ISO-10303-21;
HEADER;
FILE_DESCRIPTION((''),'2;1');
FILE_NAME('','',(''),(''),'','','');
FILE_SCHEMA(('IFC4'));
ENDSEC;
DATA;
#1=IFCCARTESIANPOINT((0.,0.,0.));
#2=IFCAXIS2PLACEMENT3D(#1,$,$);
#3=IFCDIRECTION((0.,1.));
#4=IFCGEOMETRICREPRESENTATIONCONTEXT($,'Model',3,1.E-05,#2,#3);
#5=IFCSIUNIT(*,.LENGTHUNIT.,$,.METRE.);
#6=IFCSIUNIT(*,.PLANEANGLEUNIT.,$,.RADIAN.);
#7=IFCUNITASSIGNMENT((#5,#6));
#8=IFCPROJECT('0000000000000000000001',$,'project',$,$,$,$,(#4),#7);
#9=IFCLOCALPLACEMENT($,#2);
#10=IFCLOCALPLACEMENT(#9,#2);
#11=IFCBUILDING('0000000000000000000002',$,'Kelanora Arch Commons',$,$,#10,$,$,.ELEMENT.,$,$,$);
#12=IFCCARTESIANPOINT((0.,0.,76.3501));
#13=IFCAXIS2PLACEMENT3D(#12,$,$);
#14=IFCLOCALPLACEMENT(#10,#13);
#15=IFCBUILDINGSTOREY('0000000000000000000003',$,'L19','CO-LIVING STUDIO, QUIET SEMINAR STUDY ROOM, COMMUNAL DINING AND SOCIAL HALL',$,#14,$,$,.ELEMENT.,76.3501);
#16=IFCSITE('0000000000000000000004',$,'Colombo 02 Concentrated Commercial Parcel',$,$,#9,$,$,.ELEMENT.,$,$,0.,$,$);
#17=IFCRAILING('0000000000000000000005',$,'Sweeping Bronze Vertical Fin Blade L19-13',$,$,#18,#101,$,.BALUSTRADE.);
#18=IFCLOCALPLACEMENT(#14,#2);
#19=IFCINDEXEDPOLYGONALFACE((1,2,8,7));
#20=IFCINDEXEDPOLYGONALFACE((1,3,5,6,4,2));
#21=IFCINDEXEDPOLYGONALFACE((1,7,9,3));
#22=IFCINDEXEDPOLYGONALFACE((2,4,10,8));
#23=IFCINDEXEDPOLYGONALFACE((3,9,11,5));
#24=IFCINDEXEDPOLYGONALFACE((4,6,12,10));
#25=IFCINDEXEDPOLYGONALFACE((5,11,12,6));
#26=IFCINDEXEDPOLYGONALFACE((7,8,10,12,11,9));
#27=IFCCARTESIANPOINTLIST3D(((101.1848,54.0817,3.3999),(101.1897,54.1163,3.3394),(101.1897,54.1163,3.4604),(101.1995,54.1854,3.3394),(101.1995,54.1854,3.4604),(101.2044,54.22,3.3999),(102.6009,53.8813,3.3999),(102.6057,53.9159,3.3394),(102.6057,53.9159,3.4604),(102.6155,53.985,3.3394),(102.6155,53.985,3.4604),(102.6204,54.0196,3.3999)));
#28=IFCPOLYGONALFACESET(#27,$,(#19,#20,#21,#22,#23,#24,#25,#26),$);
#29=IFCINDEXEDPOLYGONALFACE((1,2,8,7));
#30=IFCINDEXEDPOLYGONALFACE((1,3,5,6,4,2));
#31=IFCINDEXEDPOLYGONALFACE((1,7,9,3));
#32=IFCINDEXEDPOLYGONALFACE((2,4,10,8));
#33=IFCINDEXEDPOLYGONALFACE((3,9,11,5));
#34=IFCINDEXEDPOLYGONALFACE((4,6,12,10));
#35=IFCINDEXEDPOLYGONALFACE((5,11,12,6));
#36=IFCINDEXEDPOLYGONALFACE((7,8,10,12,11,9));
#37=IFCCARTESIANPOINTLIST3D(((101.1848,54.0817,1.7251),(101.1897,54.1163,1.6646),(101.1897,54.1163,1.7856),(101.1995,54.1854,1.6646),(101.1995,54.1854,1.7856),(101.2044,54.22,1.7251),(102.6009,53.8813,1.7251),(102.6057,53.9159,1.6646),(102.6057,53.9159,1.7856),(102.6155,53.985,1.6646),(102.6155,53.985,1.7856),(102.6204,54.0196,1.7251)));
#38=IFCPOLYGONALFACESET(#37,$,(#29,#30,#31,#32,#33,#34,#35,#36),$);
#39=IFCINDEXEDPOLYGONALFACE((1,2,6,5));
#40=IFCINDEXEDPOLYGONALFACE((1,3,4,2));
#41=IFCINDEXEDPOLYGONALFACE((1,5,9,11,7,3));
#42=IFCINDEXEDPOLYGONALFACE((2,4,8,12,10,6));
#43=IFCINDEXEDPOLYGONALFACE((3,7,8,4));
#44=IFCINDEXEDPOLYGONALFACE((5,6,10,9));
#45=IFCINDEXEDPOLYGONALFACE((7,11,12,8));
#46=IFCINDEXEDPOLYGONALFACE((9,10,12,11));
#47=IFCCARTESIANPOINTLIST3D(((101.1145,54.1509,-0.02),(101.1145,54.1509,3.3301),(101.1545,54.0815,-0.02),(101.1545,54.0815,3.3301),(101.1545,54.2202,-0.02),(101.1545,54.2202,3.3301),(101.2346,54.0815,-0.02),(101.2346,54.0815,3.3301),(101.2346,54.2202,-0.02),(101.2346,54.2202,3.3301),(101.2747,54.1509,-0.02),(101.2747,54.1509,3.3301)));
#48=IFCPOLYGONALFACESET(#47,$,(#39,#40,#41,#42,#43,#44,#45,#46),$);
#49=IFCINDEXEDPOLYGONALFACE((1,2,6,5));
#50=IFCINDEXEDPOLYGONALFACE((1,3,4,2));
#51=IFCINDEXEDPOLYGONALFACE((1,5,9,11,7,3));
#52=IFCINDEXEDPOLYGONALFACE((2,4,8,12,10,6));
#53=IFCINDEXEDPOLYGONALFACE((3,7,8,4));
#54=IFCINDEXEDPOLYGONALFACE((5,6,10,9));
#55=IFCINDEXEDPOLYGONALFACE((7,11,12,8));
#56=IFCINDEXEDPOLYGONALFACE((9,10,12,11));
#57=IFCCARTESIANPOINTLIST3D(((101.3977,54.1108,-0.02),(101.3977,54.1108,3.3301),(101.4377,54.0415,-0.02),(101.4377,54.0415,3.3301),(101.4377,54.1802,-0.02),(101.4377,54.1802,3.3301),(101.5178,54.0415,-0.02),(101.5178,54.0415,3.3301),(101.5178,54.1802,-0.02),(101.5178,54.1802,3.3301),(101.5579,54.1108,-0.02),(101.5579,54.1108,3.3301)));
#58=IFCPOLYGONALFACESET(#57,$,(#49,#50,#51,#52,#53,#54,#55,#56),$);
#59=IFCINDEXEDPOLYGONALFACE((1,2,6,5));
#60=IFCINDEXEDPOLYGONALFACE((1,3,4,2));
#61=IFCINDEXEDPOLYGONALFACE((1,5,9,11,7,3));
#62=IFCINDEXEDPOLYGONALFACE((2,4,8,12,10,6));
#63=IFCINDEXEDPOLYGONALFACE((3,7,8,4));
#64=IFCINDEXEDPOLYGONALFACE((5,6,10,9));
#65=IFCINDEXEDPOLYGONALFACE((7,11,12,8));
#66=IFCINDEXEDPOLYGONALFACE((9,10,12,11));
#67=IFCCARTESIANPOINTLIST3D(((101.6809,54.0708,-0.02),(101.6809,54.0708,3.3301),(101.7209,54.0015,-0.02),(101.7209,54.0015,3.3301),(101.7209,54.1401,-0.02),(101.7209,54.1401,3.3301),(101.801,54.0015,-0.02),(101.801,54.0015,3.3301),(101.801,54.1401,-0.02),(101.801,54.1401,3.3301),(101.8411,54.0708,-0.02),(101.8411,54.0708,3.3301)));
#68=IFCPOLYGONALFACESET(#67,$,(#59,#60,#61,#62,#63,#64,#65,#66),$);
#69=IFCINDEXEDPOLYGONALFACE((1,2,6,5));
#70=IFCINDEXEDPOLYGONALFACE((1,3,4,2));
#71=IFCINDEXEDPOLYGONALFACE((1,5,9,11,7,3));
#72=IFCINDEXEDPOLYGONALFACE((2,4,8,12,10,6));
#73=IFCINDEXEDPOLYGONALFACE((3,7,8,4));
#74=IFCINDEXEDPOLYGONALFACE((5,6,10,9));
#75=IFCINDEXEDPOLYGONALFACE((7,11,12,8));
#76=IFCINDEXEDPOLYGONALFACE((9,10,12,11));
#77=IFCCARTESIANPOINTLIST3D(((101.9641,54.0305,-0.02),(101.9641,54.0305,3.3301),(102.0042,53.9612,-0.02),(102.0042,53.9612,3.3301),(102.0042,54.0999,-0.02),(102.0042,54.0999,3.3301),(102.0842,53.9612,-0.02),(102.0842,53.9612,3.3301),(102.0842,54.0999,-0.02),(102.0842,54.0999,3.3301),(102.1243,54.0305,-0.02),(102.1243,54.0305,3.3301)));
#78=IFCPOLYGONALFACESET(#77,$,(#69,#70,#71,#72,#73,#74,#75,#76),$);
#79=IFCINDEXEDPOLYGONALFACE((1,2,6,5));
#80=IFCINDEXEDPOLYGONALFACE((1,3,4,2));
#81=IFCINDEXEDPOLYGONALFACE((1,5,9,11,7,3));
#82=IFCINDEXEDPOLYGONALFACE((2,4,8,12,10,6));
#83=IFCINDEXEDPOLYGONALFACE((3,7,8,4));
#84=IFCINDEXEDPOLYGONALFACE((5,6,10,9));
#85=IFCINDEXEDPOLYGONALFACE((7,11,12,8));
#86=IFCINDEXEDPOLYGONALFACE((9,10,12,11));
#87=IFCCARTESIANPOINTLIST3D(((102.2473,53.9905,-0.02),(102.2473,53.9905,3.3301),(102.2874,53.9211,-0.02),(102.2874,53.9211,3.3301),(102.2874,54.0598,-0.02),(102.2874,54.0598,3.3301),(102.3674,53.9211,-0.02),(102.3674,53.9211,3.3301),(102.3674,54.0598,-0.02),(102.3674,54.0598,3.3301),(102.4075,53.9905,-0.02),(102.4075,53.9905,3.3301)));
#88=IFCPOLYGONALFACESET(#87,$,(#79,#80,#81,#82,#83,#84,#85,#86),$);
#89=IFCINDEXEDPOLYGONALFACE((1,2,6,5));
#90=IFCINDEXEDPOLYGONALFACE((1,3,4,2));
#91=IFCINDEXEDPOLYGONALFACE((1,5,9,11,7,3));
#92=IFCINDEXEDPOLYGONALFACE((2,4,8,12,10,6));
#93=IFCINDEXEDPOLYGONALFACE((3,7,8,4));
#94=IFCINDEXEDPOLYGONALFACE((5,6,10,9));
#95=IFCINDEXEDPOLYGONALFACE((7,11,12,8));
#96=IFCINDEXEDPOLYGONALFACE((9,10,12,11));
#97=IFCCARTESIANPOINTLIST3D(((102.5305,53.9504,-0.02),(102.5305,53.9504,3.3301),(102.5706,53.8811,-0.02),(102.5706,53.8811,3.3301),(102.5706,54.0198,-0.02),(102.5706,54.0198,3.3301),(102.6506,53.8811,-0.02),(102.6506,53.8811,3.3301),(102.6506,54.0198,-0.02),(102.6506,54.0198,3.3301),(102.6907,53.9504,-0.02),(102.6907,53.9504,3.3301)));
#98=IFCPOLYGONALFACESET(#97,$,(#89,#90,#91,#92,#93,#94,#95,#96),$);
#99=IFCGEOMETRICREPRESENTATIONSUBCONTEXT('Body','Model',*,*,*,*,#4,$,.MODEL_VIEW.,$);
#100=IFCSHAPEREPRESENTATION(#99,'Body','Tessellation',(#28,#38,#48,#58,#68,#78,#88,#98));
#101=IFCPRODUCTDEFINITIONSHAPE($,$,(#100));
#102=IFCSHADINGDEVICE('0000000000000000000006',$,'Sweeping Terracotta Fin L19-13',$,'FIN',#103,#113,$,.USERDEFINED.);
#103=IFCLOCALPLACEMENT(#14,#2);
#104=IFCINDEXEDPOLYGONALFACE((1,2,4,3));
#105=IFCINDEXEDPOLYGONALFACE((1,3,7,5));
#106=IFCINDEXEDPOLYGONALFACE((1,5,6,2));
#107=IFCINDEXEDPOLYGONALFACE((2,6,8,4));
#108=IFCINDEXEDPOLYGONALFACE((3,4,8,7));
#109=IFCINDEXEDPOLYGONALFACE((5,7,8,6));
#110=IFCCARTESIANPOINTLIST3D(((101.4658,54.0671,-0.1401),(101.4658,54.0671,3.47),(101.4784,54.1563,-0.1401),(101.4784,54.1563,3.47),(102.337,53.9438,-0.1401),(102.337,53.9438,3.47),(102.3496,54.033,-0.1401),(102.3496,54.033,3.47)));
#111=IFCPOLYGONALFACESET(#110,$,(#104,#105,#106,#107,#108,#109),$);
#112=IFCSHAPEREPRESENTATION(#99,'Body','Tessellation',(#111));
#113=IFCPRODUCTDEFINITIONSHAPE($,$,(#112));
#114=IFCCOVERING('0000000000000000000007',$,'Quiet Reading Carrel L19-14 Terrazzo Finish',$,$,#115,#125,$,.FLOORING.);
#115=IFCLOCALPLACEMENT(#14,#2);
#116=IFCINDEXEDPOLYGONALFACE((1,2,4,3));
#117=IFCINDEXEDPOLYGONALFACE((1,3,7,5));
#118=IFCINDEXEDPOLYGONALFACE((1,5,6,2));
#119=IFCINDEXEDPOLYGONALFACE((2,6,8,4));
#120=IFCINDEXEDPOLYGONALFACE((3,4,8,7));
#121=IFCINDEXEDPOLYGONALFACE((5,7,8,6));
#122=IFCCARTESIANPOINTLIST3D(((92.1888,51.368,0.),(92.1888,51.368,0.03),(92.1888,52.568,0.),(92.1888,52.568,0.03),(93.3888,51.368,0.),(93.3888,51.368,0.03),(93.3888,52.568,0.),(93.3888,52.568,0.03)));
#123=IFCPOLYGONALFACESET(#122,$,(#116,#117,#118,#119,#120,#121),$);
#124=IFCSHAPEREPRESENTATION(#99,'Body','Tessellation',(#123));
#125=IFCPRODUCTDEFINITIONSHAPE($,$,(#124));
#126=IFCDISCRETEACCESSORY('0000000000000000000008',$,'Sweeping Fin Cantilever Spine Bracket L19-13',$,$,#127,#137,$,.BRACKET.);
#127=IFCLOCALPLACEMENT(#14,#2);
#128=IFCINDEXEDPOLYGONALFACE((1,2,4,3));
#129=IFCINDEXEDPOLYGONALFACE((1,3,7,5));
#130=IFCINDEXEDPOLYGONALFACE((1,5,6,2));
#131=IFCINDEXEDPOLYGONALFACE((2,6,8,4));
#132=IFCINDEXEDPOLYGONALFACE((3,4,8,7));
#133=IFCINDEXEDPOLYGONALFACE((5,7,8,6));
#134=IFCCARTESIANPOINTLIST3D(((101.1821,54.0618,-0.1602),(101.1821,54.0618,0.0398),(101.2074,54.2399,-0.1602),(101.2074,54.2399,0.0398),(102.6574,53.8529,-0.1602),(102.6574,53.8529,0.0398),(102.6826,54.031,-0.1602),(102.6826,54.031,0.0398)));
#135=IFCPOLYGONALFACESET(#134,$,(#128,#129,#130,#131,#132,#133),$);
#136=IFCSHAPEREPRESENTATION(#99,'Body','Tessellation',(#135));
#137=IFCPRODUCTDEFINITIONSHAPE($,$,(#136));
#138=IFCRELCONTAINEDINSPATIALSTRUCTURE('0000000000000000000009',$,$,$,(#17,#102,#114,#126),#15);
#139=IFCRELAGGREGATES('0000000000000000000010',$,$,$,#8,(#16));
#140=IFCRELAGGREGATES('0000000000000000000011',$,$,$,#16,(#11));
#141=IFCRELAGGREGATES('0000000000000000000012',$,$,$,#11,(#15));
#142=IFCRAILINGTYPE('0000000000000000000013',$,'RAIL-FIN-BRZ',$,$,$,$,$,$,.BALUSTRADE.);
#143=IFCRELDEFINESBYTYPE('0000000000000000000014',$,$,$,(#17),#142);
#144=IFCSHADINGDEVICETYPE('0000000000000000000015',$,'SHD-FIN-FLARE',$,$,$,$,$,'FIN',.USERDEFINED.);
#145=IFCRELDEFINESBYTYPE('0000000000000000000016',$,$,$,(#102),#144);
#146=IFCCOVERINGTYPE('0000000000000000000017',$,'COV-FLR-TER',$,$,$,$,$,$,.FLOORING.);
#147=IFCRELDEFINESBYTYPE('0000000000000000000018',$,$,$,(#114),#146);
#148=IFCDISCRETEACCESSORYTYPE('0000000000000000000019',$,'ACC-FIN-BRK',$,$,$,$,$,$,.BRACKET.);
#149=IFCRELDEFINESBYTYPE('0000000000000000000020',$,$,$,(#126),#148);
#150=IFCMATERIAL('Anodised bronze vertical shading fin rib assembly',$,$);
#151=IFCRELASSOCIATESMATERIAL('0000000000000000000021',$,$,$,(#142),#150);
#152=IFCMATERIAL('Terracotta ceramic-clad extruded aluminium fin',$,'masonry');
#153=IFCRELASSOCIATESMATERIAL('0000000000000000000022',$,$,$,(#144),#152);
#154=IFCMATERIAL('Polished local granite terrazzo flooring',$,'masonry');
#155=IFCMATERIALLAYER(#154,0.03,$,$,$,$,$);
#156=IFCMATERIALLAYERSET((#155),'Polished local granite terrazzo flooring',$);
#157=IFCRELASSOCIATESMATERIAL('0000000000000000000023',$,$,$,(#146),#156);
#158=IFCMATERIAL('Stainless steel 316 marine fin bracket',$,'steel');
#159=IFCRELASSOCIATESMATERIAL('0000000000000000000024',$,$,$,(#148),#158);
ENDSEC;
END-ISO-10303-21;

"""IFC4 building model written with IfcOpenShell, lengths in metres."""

from ifc_helpers import new_model, si_unit, direction, frame, origin, origin_2d, place, context, subcontext, project, spatial, polyline, rectangle, outline, extrude, source, transform, mapped, material, layer, layer_set, type_object, element, save


model = new_model("IFC4")

# Units and contexts
model_context = context("Model", 3, precision=1e-05, world=origin(), true_north=direction((0.0, 1.0)))
body_context = subcontext(model_context, "Body", "Model", "MODEL_VIEW")
ifc_project = project(units=[si_unit("LENGTHUNIT", "METRE"), si_unit("PLANEANGLEUNIT", "RADIAN")], contexts=[model_context])

# Site, building, storey
site_placement = place(None, origin())
site = spatial("IfcSite", under=ifc_project, at=site_placement, Name="Colombo 02 Concentrated Commercial Parcel", CompositionType="ELEMENT", RefElevation=0.0)
building_placement = place(site_placement, origin())
building = spatial("IfcBuilding", under=site, at=building_placement, Name="Kelanora Arch Commons", CompositionType="ELEMENT")
storey_placement = place(building_placement, frame((0.0, 0.0, 76.3501)))
storey = spatial("IfcBuildingStorey", under=building, at=storey_placement, Name="L19", Description="CO-LIVING STUDIO, QUIET SEMINAR STUDY ROOM, COMMUNAL DINING AND SOCIAL HALL", CompositionType="ELEMENT", Elevation=76.3501)

# Railing
ifc_material_1 = material(Name="Anodised bronze vertical shading fin rib assembly")
railing_type_1 = type_object("IfcRailingType", Name="RAIL-FIN-BRZ", PredefinedType="BALUSTRADE", material=ifc_material_1)
railing_1_placement = place(storey_placement, frame((101.1946, 54.1509, -0.02)))
element("IfcRailing", 1, at=railing_1_placement, inside=storey, type_object=railing_type_1, Name="Sweeping Bronze Vertical Fin Blade L19-13", PredefinedType="BALUSTRADE", context=body_context, shape_type="SweptSolid", body=[
    extrude(outline(polyline([(0.0698, 0.0), (0.0349, 0.0605), (-0.0349, 0.0605), (-0.0698, 0.0), (-0.0349, -0.0605), (0.0349, -0.0605), (0.0698, 0.0)])), frame((0.0, 0.0, 3.4199), z_axis=(0.99013, -0.140155, 0.0), x_axis=(0.140155, 0.99013, 0.0)), (0.0, 0.0, 1.0), 1.4302),
    extrude(outline(polyline([(0.0698, 0.0), (0.0349, 0.0605), (-0.0349, 0.0605), (-0.0698, 0.0), (-0.0349, -0.0605), (0.0349, -0.0605), (0.0698, 0.0)])), frame((0.0, 0.0, 1.7451), z_axis=(0.99013, -0.140155, 0.0), x_axis=(0.140155, 0.99013, 0.0)), (0.0, 0.0, 1.0), 1.4302),
    extrude(outline(polyline([(0.0801, 0.0), (0.04, 0.0693), (-0.04, 0.0693), (-0.0801, 0.0), (-0.04, -0.0693), (0.04, -0.0693), (0.0801, 0.0)])), origin(), (0.0, 0.0, 1.0), 3.3501),
    extrude(outline(polyline([(0.0801, 0.0), (0.04, 0.0693), (-0.04, 0.0693), (-0.0801, 0.0), (-0.04, -0.0693), (0.04, -0.0693), (0.0801, 0.0)])), frame((0.2832, -0.04, 0.0)), (0.0, 0.0, 1.0), 3.3501),
    extrude(outline(polyline([(0.0801, 0.0), (0.04, 0.0693), (-0.04, 0.0693), (-0.0801, 0.0), (-0.04, -0.0693), (0.04, -0.0693), (0.0801, 0.0)])), frame((0.5664, -0.0801, 0.0)), (0.0, 0.0, 1.0), 3.3501),
    extrude(outline(polyline([(0.0801, 0.0), (0.04, 0.0693), (-0.04, 0.0693), (-0.0801, 0.0), (-0.04, -0.0693), (0.04, -0.0693), (0.0801, 0.0)])), frame((0.8496, -0.1204, 0.0)), (0.0, 0.0, 1.0), 3.3501),
    extrude(outline(polyline([(0.0801, 0.0), (0.04, 0.0693), (-0.04, 0.0693), (-0.0801, 0.0), (-0.04, -0.0693), (0.04, -0.0693), (0.0801, 0.0)])), frame((1.1328, -0.1604, 0.0)), (0.0, 0.0, 1.0), 3.3501),
    extrude(outline(polyline([(0.0801, 0.0), (0.04, 0.0693), (-0.04, 0.0693), (-0.0801, 0.0), (-0.04, -0.0693), (0.04, -0.0693), (0.0801, 0.0)])), frame((1.416, -0.2004, 0.0)), (0.0, 0.0, 1.0), 3.3501),
])

# Shading device
ifc_material_2 = material(Name="Terracotta ceramic-clad extruded aluminium fin", Category="masonry")
shading_device_type = type_object("IfcShadingDeviceType", Name="SHD-FIN-FLARE", ElementType="FIN", PredefinedType="USERDEFINED", material=ifc_material_2)
shared_shape_1 = source(origin(), body_context, "Body", "SweptSolid", [
    extrude(rectangle(XDim=0.8799, YDim=0.0901, at=origin_2d()), origin(), (0.0, 0.0, 1.0), 3.6101),
])
shading_device_placement = place(storey_placement, frame((101.9077, 54.05, -0.1401), z_axis=(0.0, 0.0, 1.0), x_axis=(0.990122, -0.14021, 0.0)))
element("IfcShadingDevice", 2, at=shading_device_placement, inside=storey, type_object=shading_device_type, Name="Sweeping Terracotta Fin L19-13", ObjectType="FIN", PredefinedType="USERDEFINED", context=body_context, shape_type="MappedRepresentation", body=[
    mapped(shared_shape_1, transform((0.0, 0.0, 0.0), scale=1.0)),
])

# Covering
ifc_material_3 = material(Name="Polished local granite terrazzo flooring", Category="masonry")
ifc_layer_1 = layer(ifc_material_3, 0.03)
ifc_layer_set_1 = layer_set([ifc_layer_1], Name="Polished local granite terrazzo flooring")
covering_type = type_object("IfcCoveringType", Name="COV-FLR-TER", PredefinedType="FLOORING", material=ifc_layer_set_1)
shared_shape_2 = source(origin(), body_context, "Body", "SweptSolid", [
    extrude(rectangle(XDim=1.2, YDim=1.2, at=origin_2d()), origin(), (0.0, 0.0, 1.0), 0.03),
])
covering_placement = place(storey_placement, frame((92.7888, 51.968, 0.0), z_axis=(0.0, 0.0, 1.0), x_axis=(1.0, 0.0, 0.0)))
element("IfcCovering", 3, at=covering_placement, inside=storey, type_object=covering_type, Name="Quiet Reading Carrel L19-14 Terrazzo Finish", PredefinedType="FLOORING", context=body_context, shape_type="MappedRepresentation", body=[
    mapped(shared_shape_2, transform((0.0, 0.0, 0.0), scale=1.0)),
])

# Discrete accessory
ifc_material_4 = material(Name="Stainless steel 316 marine fin bracket", Category="steel")
discrete_accessory_type = type_object("IfcDiscreteAccessoryType", Name="ACC-FIN-BRK", PredefinedType="BRACKET", material=ifc_material_4)
shared_shape_3 = source(origin(), body_context, "Body", "SweptSolid", [
    extrude(rectangle(XDim=1.49, YDim=0.1799, at=origin_2d()), origin(), (0.0, 0.0, 1.0), 0.2),
])
discrete_accessory_placement = place(storey_placement, frame((101.9324, 54.0464, -0.1602), z_axis=(0.0, 0.0, 1.0), x_axis=(0.990122, -0.14021, 0.0)))
element("IfcDiscreteAccessory", 4, at=discrete_accessory_placement, inside=storey, type_object=discrete_accessory_type, Name="Sweeping Fin Cantilever Spine Bracket L19-13", PredefinedType="BRACKET", context=body_context, shape_type="MappedRepresentation", body=[
    mapped(shared_shape_3, transform((0.0, 0.0, 0.0), scale=1.0)),
])

save(model, "model.ifc")
